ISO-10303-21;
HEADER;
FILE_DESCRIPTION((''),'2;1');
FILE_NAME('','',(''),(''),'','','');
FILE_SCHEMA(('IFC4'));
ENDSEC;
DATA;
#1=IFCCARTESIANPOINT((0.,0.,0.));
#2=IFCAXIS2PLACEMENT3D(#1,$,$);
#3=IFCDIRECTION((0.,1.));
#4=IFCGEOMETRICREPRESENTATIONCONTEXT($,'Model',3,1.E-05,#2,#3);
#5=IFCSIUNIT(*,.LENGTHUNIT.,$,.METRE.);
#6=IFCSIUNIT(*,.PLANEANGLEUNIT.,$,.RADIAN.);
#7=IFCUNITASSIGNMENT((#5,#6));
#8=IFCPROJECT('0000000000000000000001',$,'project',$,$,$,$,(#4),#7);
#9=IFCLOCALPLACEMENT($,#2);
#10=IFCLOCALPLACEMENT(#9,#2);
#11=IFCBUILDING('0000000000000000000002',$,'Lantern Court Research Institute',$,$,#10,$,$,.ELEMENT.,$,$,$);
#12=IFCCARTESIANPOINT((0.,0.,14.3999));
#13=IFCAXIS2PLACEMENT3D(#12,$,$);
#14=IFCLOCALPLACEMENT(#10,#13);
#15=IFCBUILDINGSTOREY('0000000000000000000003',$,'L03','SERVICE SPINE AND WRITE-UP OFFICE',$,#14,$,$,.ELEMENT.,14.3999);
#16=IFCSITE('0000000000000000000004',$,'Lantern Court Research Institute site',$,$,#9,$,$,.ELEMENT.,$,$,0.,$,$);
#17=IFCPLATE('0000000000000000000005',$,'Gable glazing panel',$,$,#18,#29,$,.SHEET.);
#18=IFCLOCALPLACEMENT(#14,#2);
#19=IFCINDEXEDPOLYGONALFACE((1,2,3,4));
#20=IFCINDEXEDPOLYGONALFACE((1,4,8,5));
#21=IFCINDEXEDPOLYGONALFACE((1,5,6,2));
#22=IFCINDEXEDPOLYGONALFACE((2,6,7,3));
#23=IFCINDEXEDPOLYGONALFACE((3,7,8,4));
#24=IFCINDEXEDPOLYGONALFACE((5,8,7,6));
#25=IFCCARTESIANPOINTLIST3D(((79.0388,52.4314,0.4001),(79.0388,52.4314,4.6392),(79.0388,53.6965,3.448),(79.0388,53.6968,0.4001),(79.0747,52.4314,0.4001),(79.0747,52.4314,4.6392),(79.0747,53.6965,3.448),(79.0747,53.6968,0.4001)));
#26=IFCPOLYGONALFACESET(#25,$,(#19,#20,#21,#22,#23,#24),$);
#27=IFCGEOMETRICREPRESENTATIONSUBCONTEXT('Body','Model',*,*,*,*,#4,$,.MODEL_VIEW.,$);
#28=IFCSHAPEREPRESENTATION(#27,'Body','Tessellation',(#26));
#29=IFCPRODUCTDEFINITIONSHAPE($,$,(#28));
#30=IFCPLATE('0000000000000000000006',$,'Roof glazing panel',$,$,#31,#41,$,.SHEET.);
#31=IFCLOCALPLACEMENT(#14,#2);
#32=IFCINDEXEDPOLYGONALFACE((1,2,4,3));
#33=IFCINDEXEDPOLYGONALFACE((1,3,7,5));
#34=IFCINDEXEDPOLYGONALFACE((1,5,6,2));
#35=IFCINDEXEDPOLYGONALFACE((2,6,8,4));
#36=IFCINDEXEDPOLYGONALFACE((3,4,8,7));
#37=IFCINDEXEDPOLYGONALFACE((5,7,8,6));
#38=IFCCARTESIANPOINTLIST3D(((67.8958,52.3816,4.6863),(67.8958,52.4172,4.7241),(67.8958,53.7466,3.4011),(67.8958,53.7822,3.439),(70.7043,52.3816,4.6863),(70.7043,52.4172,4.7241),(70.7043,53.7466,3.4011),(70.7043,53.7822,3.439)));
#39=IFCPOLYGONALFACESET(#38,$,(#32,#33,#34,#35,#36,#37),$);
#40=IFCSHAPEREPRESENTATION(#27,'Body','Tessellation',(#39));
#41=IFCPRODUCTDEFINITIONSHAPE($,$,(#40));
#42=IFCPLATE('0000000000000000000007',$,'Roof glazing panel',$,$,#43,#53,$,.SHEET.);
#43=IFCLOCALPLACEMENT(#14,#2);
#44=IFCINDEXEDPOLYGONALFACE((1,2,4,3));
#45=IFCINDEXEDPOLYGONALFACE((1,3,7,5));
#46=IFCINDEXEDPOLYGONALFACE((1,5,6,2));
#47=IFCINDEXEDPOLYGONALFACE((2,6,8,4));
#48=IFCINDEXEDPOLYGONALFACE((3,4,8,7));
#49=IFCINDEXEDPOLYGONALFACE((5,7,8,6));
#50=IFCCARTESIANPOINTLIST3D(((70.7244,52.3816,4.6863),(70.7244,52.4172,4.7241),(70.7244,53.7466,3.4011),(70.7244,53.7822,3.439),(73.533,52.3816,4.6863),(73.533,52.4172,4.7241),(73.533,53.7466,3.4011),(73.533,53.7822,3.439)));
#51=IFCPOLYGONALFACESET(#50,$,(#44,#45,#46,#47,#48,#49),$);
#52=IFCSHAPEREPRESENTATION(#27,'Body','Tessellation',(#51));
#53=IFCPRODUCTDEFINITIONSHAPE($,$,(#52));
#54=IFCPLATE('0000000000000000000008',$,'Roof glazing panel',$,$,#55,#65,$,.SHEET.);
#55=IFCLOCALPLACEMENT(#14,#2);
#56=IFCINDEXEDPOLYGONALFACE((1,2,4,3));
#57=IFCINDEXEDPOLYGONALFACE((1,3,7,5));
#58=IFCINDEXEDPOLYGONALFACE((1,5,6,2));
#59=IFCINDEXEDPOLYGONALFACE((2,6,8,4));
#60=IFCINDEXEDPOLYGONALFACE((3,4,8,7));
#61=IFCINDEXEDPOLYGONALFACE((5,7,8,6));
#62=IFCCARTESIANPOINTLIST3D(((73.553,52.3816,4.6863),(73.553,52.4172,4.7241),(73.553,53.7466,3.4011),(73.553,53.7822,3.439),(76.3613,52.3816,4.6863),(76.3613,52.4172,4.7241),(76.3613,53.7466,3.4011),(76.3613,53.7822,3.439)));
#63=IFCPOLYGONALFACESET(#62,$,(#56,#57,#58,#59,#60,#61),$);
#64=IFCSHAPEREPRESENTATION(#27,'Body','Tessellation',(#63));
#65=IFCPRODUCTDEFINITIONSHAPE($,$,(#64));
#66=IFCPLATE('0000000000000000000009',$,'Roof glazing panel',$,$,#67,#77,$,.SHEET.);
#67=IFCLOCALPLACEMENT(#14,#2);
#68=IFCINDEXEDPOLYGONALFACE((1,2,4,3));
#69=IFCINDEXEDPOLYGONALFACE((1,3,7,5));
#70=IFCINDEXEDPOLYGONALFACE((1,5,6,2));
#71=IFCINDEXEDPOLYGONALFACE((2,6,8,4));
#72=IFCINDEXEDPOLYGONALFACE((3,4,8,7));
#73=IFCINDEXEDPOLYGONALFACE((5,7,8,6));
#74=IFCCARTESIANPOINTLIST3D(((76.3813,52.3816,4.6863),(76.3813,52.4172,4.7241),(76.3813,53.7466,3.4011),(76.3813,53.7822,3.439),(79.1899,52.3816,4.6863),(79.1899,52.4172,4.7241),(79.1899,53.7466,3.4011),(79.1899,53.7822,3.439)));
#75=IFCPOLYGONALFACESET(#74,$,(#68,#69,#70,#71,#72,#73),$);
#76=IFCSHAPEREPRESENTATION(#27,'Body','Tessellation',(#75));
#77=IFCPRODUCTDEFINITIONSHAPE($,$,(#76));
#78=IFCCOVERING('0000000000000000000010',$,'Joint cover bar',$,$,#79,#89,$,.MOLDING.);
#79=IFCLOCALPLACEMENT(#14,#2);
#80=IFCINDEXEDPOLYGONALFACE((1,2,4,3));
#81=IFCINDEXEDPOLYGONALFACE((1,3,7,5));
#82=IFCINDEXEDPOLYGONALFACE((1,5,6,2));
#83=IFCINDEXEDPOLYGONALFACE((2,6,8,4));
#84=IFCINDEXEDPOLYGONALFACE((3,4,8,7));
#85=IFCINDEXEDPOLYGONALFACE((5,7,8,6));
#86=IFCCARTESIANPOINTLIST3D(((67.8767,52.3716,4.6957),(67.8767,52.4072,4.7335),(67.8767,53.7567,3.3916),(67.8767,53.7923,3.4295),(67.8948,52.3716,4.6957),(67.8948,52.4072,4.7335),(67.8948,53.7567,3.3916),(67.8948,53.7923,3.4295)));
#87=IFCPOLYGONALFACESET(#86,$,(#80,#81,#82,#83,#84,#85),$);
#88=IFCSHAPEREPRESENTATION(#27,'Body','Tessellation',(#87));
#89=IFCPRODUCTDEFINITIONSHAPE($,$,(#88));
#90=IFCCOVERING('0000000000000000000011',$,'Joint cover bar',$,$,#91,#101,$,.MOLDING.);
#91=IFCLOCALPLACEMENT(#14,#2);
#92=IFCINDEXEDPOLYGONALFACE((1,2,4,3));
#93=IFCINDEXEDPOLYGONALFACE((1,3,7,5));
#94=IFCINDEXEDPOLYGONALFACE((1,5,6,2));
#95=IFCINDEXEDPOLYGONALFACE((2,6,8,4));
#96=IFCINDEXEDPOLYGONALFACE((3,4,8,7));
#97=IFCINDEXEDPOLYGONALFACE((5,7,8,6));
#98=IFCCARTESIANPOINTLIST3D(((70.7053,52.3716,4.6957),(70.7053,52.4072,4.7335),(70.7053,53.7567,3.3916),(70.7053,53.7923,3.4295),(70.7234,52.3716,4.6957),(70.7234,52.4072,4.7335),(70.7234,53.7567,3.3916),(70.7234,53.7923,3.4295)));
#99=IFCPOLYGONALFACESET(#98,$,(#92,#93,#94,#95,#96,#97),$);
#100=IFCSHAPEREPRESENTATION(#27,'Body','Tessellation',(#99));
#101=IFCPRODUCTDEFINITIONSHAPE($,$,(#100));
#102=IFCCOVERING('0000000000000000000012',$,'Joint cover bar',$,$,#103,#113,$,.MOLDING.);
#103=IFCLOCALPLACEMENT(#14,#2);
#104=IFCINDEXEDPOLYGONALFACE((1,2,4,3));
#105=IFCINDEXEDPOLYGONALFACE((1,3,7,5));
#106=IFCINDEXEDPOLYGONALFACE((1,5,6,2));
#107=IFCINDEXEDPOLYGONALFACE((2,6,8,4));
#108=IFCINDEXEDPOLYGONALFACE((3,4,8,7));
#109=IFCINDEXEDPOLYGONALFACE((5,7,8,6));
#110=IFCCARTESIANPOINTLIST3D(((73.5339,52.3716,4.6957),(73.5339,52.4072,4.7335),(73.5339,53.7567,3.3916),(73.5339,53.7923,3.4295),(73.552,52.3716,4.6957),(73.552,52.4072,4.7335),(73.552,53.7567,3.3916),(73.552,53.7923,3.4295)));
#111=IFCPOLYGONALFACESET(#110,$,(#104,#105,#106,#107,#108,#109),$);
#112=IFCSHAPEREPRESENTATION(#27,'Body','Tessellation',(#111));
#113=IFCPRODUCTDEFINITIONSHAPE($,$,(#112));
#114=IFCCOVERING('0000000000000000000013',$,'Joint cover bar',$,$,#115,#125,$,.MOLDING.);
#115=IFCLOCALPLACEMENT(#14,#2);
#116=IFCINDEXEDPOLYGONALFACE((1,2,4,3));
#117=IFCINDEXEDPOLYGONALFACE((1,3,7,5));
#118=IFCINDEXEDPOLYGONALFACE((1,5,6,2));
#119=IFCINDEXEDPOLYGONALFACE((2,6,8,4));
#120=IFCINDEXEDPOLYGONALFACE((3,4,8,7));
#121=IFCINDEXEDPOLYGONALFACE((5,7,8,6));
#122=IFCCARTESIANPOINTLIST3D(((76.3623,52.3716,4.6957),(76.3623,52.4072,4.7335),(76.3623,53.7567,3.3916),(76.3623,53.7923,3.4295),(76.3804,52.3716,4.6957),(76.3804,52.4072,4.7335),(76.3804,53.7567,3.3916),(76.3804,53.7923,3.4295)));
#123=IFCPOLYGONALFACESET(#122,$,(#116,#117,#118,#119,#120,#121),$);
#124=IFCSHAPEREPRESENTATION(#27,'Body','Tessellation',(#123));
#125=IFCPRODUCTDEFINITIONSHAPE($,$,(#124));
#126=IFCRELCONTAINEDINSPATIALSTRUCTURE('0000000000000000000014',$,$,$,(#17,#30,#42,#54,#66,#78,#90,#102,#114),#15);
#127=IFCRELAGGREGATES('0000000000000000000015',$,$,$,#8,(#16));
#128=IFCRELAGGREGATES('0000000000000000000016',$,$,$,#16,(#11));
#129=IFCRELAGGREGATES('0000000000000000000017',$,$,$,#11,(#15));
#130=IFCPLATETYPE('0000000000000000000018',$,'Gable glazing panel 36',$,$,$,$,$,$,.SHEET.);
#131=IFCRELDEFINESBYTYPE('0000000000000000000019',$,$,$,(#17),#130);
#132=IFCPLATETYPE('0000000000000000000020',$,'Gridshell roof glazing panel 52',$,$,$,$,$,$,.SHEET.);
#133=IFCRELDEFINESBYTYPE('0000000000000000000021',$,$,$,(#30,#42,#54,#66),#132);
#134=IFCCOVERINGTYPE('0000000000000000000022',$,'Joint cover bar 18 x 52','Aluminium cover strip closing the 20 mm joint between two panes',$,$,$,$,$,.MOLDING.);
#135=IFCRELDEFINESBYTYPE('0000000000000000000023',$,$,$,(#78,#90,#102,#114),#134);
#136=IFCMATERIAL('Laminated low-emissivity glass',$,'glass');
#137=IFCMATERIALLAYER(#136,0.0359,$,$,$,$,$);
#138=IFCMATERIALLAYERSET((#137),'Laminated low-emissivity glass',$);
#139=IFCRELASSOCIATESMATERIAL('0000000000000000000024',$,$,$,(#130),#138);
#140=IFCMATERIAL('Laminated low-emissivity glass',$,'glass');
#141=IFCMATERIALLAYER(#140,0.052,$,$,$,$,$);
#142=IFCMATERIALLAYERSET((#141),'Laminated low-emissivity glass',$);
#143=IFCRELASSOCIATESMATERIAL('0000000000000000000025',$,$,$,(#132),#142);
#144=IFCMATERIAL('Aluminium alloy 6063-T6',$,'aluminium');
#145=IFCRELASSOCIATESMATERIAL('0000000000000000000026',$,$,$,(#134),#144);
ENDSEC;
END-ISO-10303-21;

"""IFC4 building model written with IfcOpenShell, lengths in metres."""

from ifc_helpers import new_model, si_unit, direction, frame, origin, origin_2d, place, context, subcontext, project, spatial, polyline, rectangle, outline, extrude, material, layer, layer_set, material_profile, profile_set, type_object, element, save


model = new_model("IFC4")

# Units and contexts
model_context = context("Model", 3, precision=1e-05, world=origin(), true_north=direction((0.0, 1.0)))
body_context = subcontext(model_context, "Body", "Model", "MODEL_VIEW")
ifc_project = project(units=[si_unit("LENGTHUNIT", "METRE"), si_unit("PLANEANGLEUNIT", "RADIAN")], contexts=[model_context])

# Site, building, storey
site_placement = place(None, origin())
site = spatial("IfcSite", under=ifc_project, at=site_placement, Name="Lantern Court Research Institute site", CompositionType="ELEMENT", RefElevation=0.0)
building_placement = place(site_placement, origin())
building = spatial("IfcBuilding", under=site, at=building_placement, Name="Lantern Court Research Institute", CompositionType="ELEMENT")
storey_placement = place(building_placement, frame((0.0, 0.0, 14.3999)))
storey = spatial("IfcBuildingStorey", under=building, at=storey_placement, Name="L03", Description="SERVICE SPINE AND WRITE-UP OFFICE", CompositionType="ELEMENT", Elevation=14.3999)

# Plates
ifc_material_1 = material(Name="Laminated low-emissivity glass", Category="glass")
ifc_layer_1 = layer(ifc_material_1, 0.0359)
ifc_layer_set_1 = layer_set([ifc_layer_1], Name="Laminated low-emissivity glass")
plate_type_1 = type_object("IfcPlateType", Name="Gable glazing panel 36", PredefinedType="SHEET", material=ifc_layer_set_1)
plate_1_placement = place(storey_placement, frame((79.0569, 52.4314, 0.4001), z_axis=(0.0, 0.0, 1.0), x_axis=(0.0, 1.0, 0.0)))
element("IfcPlate", 1, at=plate_1_placement, inside=storey, type_object=plate_type_1, Name="Gable glazing panel", PredefinedType="SHEET", context=body_context, shape_type="SweptSolid", body=[
    extrude(outline(polyline([(0.0, 0.0), (1.2654, 0.0), (1.2651, 3.0479), (0.0, 4.239), (0.0, 0.0)])), frame((0.0, 0.0181, 0.0), z_axis=(0.0, -1.0, 0.0), x_axis=(1.0, 0.0, 0.0)), (0.0, 0.0, 1.0), 0.0359),
])
ifc_material_2 = material(Name="Laminated low-emissivity glass", Category="glass")
ifc_layer_2 = layer(ifc_material_2, 0.052)
ifc_layer_set_2 = layer_set([ifc_layer_2], Name="Laminated low-emissivity glass")
plate_type_2 = type_object("IfcPlateType", Name="Gridshell roof glazing panel 52", PredefinedType="SHEET", material=ifc_layer_set_2)
for number, where, z_axis, x_axis, name in (
    (2, (70.7043, 52.4172, 4.7241), (0.0, 0.685495, 0.728078), (-1.0, 0.0, 0.0), "Roof glazing panel"),
    (3, (73.533, 52.4172, 4.7241), (0.0, 0.685495, 0.728078), (-1.0, 0.0, 0.0), "Roof glazing panel"),
):
    element("IfcPlate", number, at=place(storey_placement, frame(where, z_axis=z_axis, x_axis=x_axis)), inside=storey, type_object=plate_type_2, Name=name, PredefinedType="SHEET", context=body_context, shape_type="SweptSolid", body=[
        extrude(outline(polyline([(0.0, 0.0), (2.8086, 0.0), (2.8086, -1.8748), (0.0, -1.8748), (0.0, 0.0)])), origin(), (0.0, 0.0, -1.0), 0.052),
    ])
plate_2_placement = place(storey_placement, frame((76.3613, 52.4172, 4.7241), z_axis=(0.0, 0.685495, 0.728078), x_axis=(-1.0, 0.0, 0.0)))
element("IfcPlate", 4, at=plate_2_placement, inside=storey, type_object=plate_type_2, Name="Roof glazing panel", PredefinedType="SHEET", context=body_context, shape_type="SweptSolid", body=[
    extrude(outline(polyline([(0.0, 0.0), (2.8083, 0.0), (2.8083, -1.8748), (0.0, -1.8748), (0.0, 0.0)])), origin(), (0.0, 0.0, -1.0), 0.052),
])
plate_3_placement = place(storey_placement, frame((79.1899, 52.4172, 4.7241), z_axis=(0.0, 0.685495, 0.728078), x_axis=(-1.0, 0.0, 0.0)))
element("IfcPlate", 5, at=plate_3_placement, inside=storey, type_object=plate_type_2, Name="Roof glazing panel", PredefinedType="SHEET", context=body_context, shape_type="SweptSolid", body=[
    extrude(outline(polyline([(0.0, 0.0), (2.8086, 0.0), (2.8086, -1.8748), (0.0, -1.8748), (0.0, 0.0)])), origin(), (0.0, 0.0, -1.0), 0.052),
])

# Coverings
ifc_material_3 = material(Name="Aluminium alloy 6063-T6", Category="aluminium")
ifc_material_profile_1 = material_profile(ifc_material_3, rectangle(XDim=0.0181, YDim=0.052, at=origin_2d()), Name="Joint cover bar 18 x 52")
ifc_profile_set_1 = profile_set([ifc_material_profile_1], Name="Aluminium alloy 6063-T6")
covering_type = type_object("IfcCoveringType", Name="Joint cover bar 18 x 52", Description="Aluminium cover strip closing the 20 mm joint between two panes", PredefinedType="MOLDING", material=ifc_profile_set_1)
for number, where, z_axis, x_axis, name in (
    (6, (67.8857, 52.3894, 4.7146), (0.0, 0.728091, -0.685481), (-1.0, 0.0, 0.0), "Joint cover bar"),
    (7, (70.7144, 52.3894, 4.7146), (0.0, 0.728091, -0.685481), (-1.0, 0.0, 0.0), "Joint cover bar"),
    (8, (73.543, 52.3894, 4.7146), (0.0, 0.728091, -0.685481), (-1.0, 0.0, 0.0), "Joint cover bar"),
    (9, (76.3713, 52.3894, 4.7146), (0.0, 0.728091, -0.685481), (-1.0, 0.0, 0.0), "Joint cover bar"),
):
    element("IfcCovering", number, at=place(storey_placement, frame(where, z_axis=z_axis, x_axis=x_axis)), inside=storey, type_object=covering_type, Name=name, PredefinedType="MOLDING", context=body_context, shape_type="SweptSolid", body=[
        extrude(rectangle(XDim=0.0181, YDim=0.052, at=origin_2d()), origin(), (0.0, 0.0, 1.0), 1.9023),
    ])

save(model, "model.ifc")
